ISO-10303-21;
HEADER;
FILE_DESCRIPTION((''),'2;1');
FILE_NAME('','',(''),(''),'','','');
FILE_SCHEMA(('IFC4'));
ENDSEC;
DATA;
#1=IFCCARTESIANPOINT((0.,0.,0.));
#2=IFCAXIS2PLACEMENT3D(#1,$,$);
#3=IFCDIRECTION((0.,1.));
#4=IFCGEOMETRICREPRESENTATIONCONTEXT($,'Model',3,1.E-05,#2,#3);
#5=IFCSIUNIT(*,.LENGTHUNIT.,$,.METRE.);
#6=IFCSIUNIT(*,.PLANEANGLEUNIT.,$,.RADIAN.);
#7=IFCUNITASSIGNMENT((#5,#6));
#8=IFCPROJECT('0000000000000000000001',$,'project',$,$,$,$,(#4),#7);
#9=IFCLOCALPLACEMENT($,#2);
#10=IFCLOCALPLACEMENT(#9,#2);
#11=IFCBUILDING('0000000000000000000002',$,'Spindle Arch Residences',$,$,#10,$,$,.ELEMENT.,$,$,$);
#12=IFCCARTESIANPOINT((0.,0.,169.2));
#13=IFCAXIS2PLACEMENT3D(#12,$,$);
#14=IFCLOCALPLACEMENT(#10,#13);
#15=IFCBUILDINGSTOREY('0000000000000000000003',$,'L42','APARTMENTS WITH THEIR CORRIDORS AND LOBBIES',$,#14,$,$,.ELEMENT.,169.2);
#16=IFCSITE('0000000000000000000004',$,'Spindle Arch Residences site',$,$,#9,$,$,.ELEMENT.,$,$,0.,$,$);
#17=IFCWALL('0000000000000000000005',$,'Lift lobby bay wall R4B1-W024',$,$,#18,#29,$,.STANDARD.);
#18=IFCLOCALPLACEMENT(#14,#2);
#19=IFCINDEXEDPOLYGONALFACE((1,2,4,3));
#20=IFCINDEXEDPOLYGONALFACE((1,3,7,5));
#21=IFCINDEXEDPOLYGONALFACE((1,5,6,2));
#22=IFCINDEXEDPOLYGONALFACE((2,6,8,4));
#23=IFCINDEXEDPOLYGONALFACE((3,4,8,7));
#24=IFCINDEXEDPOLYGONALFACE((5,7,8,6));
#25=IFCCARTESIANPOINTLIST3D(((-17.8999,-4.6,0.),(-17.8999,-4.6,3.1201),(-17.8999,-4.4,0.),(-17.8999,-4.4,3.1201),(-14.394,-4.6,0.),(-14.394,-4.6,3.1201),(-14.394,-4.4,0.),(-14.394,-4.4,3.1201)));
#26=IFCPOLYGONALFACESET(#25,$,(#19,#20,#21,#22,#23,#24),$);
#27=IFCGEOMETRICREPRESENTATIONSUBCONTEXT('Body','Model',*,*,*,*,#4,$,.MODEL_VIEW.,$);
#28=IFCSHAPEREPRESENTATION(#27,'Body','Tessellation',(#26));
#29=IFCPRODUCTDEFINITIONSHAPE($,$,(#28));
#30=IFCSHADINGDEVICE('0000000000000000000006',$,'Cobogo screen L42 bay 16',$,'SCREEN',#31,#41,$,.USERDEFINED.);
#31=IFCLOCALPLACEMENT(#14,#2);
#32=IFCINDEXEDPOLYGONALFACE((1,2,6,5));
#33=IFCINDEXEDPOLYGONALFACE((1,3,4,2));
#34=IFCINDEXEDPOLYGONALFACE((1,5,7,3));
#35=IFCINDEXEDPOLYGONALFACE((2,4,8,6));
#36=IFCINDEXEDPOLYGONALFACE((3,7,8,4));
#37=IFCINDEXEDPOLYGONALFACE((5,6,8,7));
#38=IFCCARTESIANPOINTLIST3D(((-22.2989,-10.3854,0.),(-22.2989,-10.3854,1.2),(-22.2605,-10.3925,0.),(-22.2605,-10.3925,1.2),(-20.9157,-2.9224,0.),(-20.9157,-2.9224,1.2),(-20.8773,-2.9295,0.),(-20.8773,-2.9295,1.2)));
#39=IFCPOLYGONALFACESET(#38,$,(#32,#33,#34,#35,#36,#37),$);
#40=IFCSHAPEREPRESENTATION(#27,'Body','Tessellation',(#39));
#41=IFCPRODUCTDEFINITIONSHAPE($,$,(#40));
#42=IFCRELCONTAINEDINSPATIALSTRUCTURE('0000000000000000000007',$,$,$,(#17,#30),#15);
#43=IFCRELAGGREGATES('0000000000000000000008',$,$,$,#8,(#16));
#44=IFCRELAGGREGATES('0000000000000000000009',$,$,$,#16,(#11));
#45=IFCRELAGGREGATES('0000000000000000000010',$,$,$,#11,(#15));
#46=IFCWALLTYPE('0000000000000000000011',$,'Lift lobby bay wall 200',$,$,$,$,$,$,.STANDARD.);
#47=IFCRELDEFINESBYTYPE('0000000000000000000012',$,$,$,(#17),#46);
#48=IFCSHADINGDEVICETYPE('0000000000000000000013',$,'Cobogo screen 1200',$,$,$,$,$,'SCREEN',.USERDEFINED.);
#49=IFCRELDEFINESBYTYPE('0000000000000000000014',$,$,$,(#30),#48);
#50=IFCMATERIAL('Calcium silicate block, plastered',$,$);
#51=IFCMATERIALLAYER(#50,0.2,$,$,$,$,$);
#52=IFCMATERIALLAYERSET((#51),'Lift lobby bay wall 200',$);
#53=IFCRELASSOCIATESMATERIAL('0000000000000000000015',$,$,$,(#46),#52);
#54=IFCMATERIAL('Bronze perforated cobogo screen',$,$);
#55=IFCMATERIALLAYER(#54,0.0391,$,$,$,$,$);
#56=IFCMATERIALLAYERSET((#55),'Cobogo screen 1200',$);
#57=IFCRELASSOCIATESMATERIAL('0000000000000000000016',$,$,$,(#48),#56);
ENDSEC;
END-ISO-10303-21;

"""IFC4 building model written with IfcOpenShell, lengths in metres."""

from ifc_helpers import new_model, si_unit, direction, frame, frame_2d, origin, origin_2d, place, context, subcontext, project, spatial, rectangle, extrude, material, layer, layer_set, type_object, element, save


model = new_model("IFC4")

# Units and contexts
model_context = context("Model", 3, precision=1e-05, world=origin(), true_north=direction((0.0, 1.0)))
body_context = subcontext(model_context, "Body", "Model", "MODEL_VIEW")
ifc_project = project(units=[si_unit("LENGTHUNIT", "METRE"), si_unit("PLANEANGLEUNIT", "RADIAN")], contexts=[model_context])

# Site, building, storey
site_placement = place(None, origin())
site = spatial("IfcSite", under=ifc_project, at=site_placement, Name="Spindle Arch Residences site", CompositionType="ELEMENT", RefElevation=0.0)
building_placement = place(site_placement, origin())
building = spatial("IfcBuilding", under=site, at=building_placement, Name="Spindle Arch Residences", CompositionType="ELEMENT")
storey_placement = place(building_placement, frame((0.0, 0.0, 169.2)))
storey = spatial("IfcBuildingStorey", under=building, at=storey_placement, Name="L42", Description="APARTMENTS WITH THEIR CORRIDORS AND LOBBIES", CompositionType="ELEMENT", Elevation=169.2)

# Wall
ifc_material_1 = material(Name="Calcium silicate block, plastered")
ifc_layer_1 = layer(ifc_material_1, 0.2)
ifc_layer_set_1 = layer_set([ifc_layer_1], Name="Lift lobby bay wall 200")
wall_type_1 = type_object("IfcWallType", Name="Lift lobby bay wall 200", PredefinedType="STANDARD", material=ifc_layer_set_1)
wall_1_placement = place(storey_placement, frame((-17.8999, -4.5, 0.0), z_axis=(0.0, 0.0, 1.0), x_axis=(1.0, 0.0, 0.0)))
element("IfcWall", 1, at=wall_1_placement, inside=storey, type_object=wall_type_1, Name="Lift lobby bay wall R4B1-W024", PredefinedType="STANDARD", context=body_context, shape_type="SweptSolid", body=[
    extrude(rectangle(XDim=3.5059, YDim=0.2, at=frame_2d((1.7529, 0.0))), origin(), (0.0, 0.0, 1.0), 3.1201),
])

# Shading device
ifc_material_2 = material(Name="Bronze perforated cobogo screen")
ifc_layer_2 = layer(ifc_material_2, 0.0391)
ifc_layer_set_2 = layer_set([ifc_layer_2], Name="Cobogo screen 1200")
shading_device_type = type_object("IfcShadingDeviceType", Name="Cobogo screen 1200", ElementType="SCREEN", PredefinedType="USERDEFINED", material=ifc_layer_set_2)
shading_device_placement = place(storey_placement, frame((-21.5881, -6.6575, 0.0), z_axis=(0.0, 0.0, 1.0), x_axis=(-0.182236, -0.983255, 0.0)))
element("IfcShadingDevice", 2, at=shading_device_placement, inside=storey, type_object=shading_device_type, Name="Cobogo screen L42 bay 16", ObjectType="SCREEN", PredefinedType="USERDEFINED", context=body_context, shape_type="SweptSolid", body=[
    extrude(rectangle(XDim=7.5901, YDim=0.0391, at=origin_2d()), origin(), (0.0, 0.0, 1.0), 1.2),
])

save(model, "model.ifc")
